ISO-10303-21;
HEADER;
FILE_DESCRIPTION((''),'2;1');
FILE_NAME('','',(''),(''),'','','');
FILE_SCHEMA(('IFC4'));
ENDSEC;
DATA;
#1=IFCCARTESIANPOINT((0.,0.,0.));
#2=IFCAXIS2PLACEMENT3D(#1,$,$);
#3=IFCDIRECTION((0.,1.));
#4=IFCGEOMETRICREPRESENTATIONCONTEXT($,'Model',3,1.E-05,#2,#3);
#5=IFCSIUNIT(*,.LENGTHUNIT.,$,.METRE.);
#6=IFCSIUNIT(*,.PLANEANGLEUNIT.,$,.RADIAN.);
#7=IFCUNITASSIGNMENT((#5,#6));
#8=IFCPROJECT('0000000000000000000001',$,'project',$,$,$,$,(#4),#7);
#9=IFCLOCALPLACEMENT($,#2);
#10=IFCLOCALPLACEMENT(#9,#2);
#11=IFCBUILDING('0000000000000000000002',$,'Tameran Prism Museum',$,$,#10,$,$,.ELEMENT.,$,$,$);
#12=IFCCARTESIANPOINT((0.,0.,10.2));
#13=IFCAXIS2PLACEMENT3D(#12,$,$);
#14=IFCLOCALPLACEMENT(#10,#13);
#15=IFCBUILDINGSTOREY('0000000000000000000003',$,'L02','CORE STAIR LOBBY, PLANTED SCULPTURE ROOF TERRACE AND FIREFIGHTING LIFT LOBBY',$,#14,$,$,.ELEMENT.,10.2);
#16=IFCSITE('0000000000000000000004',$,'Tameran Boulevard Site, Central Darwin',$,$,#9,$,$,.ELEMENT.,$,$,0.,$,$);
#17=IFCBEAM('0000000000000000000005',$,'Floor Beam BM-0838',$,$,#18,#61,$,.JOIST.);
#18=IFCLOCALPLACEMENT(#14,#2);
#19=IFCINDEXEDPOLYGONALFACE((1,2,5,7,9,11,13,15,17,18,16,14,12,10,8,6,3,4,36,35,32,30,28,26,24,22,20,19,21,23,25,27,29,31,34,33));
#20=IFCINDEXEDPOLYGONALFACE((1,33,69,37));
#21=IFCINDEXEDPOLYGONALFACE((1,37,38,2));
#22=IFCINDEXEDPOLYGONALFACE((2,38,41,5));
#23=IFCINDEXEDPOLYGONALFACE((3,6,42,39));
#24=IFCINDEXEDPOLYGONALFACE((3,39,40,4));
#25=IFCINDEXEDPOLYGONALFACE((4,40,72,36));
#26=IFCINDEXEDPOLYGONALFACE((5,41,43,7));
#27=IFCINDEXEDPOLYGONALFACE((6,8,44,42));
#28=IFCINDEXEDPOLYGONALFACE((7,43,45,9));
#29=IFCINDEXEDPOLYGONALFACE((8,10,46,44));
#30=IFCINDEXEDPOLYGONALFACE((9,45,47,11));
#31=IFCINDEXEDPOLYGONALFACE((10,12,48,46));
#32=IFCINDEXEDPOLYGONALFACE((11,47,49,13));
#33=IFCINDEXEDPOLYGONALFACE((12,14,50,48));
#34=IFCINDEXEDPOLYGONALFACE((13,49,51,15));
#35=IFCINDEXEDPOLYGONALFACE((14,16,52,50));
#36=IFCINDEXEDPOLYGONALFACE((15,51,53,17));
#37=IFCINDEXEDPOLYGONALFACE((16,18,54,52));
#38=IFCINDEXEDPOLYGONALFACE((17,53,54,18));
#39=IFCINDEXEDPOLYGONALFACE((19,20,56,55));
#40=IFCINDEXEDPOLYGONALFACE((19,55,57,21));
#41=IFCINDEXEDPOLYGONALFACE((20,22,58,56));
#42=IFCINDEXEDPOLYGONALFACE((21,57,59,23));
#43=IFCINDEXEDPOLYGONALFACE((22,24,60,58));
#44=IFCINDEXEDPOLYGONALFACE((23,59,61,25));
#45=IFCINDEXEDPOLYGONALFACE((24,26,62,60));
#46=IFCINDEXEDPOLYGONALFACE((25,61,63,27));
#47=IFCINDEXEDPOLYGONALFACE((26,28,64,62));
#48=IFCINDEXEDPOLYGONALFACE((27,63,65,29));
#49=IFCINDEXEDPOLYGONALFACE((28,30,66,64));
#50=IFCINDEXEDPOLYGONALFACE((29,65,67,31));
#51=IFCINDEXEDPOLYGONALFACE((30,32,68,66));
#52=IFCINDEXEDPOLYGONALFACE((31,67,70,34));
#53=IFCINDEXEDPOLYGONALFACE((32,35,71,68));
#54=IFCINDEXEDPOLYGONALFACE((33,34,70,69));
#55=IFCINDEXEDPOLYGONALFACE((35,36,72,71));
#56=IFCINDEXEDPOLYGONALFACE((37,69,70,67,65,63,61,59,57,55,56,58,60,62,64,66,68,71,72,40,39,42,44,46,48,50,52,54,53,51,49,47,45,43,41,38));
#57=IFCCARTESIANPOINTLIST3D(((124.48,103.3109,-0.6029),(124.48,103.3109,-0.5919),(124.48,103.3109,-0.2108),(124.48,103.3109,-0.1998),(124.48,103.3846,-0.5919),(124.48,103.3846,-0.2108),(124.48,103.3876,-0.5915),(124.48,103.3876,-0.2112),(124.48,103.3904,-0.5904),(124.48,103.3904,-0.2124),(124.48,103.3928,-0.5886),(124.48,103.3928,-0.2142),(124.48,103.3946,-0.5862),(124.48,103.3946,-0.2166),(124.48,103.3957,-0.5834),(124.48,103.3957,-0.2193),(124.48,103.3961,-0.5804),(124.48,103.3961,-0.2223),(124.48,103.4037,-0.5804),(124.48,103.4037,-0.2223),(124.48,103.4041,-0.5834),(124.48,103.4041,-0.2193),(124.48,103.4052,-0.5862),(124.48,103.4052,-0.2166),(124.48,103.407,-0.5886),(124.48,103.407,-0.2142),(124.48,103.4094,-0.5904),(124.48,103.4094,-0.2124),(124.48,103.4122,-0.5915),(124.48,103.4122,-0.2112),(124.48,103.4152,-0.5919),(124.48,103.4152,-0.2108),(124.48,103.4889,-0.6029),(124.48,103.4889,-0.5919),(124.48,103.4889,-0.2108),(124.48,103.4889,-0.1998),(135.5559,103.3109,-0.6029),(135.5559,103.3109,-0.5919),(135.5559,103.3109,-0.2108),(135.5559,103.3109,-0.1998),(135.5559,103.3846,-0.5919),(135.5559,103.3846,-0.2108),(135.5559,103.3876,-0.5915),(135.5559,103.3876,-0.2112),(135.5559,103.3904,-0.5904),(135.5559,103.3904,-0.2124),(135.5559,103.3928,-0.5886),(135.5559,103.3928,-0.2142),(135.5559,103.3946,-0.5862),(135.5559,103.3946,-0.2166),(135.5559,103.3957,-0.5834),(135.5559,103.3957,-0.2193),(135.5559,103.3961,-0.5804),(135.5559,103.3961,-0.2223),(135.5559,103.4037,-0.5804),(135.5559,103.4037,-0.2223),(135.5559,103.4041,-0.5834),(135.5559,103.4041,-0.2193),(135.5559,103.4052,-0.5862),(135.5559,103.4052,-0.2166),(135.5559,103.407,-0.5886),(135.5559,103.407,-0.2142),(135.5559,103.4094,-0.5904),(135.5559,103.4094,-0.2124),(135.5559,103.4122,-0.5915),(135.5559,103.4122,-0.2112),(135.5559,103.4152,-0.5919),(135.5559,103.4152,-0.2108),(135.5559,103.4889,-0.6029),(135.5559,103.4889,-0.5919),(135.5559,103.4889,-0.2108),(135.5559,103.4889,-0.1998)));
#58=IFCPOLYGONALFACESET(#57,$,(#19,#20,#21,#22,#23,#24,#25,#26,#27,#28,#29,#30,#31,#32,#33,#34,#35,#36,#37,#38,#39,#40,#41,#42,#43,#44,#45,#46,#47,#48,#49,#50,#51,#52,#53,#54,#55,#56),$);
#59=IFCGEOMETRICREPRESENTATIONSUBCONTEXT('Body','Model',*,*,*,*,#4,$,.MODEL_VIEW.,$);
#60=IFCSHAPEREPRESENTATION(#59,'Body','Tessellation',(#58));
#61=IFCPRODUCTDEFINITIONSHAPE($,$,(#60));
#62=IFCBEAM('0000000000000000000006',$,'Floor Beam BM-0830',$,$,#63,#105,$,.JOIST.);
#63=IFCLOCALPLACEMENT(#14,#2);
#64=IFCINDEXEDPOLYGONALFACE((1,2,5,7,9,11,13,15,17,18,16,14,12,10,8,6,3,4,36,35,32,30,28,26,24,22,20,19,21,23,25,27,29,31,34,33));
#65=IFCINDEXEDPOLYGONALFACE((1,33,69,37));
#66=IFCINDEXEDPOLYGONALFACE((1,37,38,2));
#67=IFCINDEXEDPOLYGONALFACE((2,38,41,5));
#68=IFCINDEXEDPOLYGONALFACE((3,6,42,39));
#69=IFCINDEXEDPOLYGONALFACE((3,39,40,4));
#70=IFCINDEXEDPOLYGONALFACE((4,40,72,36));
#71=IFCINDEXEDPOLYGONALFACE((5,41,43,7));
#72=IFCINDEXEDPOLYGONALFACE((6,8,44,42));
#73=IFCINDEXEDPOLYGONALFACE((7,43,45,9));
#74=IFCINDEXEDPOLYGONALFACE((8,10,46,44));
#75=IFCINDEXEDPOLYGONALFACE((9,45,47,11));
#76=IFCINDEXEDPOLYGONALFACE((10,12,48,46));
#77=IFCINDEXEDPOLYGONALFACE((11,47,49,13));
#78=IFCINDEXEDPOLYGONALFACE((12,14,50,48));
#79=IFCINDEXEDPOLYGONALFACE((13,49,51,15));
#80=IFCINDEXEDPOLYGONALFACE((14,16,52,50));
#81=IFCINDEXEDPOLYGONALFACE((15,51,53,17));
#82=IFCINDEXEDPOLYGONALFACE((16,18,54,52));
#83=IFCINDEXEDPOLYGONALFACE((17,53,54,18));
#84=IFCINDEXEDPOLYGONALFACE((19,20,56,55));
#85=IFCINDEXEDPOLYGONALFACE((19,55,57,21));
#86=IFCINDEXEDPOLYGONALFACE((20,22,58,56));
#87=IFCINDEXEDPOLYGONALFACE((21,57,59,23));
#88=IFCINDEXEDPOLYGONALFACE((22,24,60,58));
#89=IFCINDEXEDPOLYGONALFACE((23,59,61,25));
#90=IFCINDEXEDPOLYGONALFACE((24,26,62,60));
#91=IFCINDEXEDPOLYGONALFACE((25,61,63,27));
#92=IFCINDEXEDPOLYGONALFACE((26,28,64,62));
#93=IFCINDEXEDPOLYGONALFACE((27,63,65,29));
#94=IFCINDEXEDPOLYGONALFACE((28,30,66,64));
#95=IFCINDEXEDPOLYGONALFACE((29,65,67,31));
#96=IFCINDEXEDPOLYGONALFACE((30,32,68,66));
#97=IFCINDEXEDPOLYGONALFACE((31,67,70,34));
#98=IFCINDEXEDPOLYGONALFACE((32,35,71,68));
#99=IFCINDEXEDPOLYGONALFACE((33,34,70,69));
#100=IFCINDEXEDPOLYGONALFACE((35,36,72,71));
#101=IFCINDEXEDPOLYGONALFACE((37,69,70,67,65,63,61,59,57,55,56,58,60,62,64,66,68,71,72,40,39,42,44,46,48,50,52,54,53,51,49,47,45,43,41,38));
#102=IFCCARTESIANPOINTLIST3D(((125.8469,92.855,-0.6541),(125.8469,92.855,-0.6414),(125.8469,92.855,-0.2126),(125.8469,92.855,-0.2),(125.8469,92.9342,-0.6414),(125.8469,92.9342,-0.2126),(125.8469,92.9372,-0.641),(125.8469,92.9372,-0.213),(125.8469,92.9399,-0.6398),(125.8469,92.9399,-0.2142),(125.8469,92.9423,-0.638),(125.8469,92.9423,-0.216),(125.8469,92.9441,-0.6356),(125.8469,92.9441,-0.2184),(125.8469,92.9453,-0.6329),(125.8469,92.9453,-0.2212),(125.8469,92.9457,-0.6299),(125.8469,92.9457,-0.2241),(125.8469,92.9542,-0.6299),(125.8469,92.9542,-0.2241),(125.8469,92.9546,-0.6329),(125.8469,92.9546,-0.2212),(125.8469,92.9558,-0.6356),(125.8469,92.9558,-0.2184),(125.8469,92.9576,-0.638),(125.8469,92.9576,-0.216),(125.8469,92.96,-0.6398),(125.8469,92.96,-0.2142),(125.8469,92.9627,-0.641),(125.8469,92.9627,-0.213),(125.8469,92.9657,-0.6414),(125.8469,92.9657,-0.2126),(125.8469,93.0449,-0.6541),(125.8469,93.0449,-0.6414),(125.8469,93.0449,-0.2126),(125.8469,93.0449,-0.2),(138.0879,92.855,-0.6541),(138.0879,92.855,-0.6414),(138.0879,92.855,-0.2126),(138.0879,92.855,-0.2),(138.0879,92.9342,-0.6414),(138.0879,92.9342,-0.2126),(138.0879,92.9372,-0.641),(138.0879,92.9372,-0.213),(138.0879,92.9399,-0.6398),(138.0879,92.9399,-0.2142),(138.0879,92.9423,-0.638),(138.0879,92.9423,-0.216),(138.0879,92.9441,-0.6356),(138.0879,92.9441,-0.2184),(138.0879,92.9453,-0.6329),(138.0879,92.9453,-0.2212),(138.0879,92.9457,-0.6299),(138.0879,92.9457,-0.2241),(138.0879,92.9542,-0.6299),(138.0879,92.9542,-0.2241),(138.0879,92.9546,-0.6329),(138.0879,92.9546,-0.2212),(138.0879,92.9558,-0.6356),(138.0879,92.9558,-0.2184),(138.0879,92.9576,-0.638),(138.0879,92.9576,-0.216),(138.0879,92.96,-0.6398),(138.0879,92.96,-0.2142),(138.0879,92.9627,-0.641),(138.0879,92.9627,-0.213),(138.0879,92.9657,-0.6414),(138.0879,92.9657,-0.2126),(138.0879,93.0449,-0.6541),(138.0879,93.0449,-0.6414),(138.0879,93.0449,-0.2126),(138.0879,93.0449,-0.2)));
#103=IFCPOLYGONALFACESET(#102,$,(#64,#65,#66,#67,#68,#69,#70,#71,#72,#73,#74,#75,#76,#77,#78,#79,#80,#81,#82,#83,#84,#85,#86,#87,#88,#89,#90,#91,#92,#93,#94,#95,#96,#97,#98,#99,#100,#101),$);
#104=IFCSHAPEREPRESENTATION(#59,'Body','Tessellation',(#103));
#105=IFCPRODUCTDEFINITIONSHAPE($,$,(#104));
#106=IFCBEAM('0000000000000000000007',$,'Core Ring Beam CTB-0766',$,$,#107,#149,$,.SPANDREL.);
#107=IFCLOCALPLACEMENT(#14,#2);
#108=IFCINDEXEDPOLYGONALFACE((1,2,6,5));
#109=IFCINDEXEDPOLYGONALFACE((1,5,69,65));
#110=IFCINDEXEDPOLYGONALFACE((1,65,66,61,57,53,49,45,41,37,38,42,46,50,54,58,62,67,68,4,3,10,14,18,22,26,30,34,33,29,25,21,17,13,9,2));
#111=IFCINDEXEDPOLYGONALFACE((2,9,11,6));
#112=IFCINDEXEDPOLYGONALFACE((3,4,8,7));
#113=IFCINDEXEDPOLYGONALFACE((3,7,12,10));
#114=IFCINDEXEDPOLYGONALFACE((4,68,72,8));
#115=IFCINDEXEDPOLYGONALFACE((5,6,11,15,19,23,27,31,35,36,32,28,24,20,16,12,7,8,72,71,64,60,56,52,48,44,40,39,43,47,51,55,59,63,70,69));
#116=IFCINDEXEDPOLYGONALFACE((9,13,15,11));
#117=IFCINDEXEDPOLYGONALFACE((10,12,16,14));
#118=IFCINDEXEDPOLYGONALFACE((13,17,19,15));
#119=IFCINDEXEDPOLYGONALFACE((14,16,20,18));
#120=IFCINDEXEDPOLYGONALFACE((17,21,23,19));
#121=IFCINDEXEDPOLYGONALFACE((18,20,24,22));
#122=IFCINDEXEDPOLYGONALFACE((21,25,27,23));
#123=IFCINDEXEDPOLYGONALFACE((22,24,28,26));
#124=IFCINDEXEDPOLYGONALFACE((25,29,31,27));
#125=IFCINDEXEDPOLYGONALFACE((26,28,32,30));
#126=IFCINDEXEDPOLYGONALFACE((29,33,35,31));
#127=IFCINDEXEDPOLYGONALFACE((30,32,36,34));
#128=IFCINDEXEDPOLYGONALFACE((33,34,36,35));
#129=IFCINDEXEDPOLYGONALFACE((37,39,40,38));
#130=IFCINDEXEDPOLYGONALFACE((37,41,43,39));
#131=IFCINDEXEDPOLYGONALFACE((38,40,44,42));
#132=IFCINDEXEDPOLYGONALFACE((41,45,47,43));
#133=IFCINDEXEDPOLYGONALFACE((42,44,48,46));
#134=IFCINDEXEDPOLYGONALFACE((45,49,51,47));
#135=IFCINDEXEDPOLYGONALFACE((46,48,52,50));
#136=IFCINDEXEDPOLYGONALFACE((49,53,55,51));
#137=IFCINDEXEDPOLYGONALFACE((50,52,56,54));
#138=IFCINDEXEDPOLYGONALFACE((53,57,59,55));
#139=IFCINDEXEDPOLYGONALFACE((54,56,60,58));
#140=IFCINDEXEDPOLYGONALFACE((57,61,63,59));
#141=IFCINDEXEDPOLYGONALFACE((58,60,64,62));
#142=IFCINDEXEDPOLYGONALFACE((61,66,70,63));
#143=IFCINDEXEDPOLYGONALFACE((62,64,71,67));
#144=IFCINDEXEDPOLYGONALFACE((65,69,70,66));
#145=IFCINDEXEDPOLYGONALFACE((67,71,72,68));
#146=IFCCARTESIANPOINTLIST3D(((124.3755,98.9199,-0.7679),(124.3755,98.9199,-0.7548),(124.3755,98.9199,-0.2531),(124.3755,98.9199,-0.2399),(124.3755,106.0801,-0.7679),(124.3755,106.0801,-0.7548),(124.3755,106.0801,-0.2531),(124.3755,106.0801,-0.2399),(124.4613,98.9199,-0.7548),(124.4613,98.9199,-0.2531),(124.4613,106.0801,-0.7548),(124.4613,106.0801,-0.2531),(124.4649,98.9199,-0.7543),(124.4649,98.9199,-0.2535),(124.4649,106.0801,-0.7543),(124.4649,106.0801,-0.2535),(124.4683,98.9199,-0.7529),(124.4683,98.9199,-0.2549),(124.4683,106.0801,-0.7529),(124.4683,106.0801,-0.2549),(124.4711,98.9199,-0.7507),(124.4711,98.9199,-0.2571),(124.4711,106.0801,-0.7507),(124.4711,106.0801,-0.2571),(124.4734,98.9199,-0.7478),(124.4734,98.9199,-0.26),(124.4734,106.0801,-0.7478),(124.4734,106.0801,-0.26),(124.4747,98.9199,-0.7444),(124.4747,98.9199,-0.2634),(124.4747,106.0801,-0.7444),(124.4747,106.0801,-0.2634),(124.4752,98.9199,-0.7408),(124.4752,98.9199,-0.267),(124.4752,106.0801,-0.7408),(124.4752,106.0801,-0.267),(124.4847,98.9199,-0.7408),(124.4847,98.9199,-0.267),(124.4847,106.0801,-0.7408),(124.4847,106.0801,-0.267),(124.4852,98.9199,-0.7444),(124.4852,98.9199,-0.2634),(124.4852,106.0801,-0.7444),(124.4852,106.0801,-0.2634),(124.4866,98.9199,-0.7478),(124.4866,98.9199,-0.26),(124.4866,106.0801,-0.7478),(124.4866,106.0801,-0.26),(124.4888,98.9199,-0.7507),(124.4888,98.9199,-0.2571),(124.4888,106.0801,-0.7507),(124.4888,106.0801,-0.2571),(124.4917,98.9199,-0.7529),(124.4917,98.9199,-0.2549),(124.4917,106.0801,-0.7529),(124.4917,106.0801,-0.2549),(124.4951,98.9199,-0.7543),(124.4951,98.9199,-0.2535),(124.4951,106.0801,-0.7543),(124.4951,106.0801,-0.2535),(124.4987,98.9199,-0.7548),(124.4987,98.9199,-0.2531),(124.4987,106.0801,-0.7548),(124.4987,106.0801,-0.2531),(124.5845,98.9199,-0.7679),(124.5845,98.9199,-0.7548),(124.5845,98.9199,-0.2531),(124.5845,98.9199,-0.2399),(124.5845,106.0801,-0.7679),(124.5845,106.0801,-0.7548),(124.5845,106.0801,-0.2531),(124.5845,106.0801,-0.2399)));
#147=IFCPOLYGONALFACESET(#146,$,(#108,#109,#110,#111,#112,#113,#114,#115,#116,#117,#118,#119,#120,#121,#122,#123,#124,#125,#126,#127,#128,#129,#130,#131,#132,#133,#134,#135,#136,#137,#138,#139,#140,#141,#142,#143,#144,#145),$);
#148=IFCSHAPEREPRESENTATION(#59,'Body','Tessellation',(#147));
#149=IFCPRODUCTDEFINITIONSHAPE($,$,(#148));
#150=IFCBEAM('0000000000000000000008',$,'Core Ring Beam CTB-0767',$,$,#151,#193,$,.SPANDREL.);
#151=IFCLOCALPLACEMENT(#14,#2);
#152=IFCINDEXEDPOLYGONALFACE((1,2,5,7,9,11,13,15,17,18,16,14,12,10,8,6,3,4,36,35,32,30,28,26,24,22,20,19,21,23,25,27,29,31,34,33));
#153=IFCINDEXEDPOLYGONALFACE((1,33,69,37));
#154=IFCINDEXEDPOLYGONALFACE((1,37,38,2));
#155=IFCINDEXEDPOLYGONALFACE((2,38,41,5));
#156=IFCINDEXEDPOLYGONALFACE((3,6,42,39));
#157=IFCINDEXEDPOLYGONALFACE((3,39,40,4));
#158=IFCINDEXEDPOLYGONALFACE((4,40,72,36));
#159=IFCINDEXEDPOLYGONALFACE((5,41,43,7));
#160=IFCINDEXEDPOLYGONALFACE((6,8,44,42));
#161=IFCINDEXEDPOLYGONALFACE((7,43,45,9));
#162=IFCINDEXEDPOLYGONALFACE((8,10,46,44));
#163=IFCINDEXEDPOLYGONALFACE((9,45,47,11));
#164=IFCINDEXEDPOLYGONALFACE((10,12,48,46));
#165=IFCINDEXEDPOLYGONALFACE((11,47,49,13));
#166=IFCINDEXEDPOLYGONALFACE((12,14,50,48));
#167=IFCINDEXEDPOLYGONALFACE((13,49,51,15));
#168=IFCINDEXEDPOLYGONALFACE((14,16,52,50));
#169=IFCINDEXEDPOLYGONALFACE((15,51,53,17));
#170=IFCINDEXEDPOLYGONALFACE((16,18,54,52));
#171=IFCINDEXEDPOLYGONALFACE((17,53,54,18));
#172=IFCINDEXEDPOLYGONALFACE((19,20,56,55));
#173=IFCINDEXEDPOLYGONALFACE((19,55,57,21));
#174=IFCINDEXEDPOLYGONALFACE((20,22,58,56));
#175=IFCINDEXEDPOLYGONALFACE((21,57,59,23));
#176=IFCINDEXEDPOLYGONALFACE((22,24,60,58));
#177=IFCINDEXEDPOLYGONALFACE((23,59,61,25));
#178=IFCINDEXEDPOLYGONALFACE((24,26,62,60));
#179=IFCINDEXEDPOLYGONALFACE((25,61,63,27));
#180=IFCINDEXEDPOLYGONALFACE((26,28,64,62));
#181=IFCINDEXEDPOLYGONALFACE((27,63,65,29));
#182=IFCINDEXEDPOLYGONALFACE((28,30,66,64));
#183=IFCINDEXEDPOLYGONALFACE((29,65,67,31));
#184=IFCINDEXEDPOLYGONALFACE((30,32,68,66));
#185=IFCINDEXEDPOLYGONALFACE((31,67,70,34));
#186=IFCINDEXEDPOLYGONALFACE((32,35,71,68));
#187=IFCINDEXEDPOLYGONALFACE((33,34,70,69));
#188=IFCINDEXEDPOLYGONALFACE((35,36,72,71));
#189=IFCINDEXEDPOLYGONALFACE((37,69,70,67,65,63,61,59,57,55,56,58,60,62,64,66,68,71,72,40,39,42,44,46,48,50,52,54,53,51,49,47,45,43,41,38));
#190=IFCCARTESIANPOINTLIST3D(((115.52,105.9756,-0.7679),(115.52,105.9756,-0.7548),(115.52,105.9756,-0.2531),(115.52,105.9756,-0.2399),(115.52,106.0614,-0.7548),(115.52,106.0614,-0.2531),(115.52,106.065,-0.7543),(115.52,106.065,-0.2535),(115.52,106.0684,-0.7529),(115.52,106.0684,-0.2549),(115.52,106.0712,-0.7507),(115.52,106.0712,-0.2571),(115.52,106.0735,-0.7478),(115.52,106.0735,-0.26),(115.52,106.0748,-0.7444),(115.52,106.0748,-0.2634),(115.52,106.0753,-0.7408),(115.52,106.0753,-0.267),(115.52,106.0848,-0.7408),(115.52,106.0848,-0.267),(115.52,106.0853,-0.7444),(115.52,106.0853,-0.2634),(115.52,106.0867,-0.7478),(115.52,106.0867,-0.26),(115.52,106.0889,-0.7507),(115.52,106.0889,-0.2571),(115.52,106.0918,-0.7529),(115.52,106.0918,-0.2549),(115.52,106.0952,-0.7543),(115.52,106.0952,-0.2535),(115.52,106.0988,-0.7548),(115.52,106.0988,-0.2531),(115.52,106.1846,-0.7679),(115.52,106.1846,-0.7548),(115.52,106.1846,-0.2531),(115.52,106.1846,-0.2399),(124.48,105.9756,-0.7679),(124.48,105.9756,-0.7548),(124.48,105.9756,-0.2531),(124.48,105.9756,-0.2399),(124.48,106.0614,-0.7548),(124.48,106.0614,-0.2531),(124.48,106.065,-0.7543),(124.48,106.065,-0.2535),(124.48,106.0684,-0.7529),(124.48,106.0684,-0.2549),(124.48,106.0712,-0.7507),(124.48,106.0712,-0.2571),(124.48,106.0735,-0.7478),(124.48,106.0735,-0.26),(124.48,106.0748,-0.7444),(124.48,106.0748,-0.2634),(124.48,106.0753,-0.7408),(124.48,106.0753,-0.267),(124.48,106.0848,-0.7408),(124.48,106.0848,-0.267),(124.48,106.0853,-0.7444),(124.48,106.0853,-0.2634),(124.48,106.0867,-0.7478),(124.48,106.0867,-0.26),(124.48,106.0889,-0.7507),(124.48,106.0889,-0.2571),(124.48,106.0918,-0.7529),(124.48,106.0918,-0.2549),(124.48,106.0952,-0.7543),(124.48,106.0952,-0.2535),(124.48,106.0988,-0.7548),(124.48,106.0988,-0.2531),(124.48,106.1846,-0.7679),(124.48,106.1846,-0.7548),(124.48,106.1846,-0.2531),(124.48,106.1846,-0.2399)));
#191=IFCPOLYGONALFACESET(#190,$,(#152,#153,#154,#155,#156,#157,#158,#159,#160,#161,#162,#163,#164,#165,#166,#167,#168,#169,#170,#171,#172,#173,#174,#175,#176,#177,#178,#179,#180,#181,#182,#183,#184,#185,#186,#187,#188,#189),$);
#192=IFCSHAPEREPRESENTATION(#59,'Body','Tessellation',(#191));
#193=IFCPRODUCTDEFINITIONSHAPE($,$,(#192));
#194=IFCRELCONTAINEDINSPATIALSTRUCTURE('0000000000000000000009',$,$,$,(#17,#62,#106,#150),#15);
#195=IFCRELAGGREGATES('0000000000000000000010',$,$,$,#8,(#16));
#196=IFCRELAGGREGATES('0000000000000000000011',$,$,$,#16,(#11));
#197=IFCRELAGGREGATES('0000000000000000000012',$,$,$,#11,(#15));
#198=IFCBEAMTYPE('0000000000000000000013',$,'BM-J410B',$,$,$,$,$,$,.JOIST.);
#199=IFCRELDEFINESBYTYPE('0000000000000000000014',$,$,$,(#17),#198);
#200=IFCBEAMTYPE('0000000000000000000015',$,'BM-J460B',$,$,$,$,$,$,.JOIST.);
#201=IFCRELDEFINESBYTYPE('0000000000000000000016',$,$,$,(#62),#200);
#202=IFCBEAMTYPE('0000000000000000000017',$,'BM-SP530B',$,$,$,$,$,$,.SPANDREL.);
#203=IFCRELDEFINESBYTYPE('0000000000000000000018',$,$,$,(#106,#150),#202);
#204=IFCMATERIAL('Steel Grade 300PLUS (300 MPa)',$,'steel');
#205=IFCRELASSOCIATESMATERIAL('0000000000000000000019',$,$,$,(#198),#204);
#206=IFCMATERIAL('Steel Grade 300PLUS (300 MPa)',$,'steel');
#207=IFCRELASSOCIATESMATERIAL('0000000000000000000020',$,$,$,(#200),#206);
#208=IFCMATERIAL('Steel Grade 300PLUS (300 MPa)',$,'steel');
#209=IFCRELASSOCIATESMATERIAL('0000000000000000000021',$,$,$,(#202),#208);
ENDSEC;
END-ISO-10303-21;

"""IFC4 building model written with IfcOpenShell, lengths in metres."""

from ifc_helpers import new_model, si_unit, direction, frame, origin, origin_2d, place, context, subcontext, project, spatial, i_section, extrude, material, material_profile, profile_set, type_object, element, save


model = new_model("IFC4")

# Units and contexts
model_context = context("Model", 3, precision=1e-05, world=origin(), true_north=direction((0.0, 1.0)))
body_context = subcontext(model_context, "Body", "Model", "MODEL_VIEW")
ifc_project = project(units=[si_unit("LENGTHUNIT", "METRE"), si_unit("PLANEANGLEUNIT", "RADIAN")], contexts=[model_context])

# Site, building, storey
site_placement = place(None, origin())
site = spatial("IfcSite", under=ifc_project, at=site_placement, Name="Tameran Boulevard Site, Central Darwin", CompositionType="ELEMENT", RefElevation=0.0)
building_placement = place(site_placement, origin())
building = spatial("IfcBuilding", under=site, at=building_placement, Name="Tameran Prism Museum", CompositionType="ELEMENT")
storey_placement = place(building_placement, frame((0.0, 0.0, 10.2)))
storey = spatial("IfcBuildingStorey", under=building, at=storey_placement, Name="L02", Description="CORE STAIR LOBBY, PLANTED SCULPTURE ROOF TERRACE AND FIREFIGHTING LIFT LOBBY", CompositionType="ELEMENT", Elevation=10.2)

# Beams
ifc_material_1 = material(Name="Steel Grade 300PLUS (300 MPa)", Category="steel")
ifc_material_profile_1 = material_profile(ifc_material_1, i_section(OverallWidth=0.178, OverallDepth=0.4031, WebThickness=0.0076, FlangeThickness=0.011, FilletRadius=0.0115, at=origin_2d()))
ifc_profile_set_1 = profile_set([ifc_material_profile_1])
beam_type_1 = type_object("IfcBeamType", Name="BM-J410B", PredefinedType="JOIST", material=ifc_profile_set_1)
beam_1_placement = place(storey_placement, frame((124.48, 103.3999, -0.4014), z_axis=(1.0, 0.0, 0.0), x_axis=(0.0, 1.0, 0.0)))
element("IfcBeam", 1, at=beam_1_placement, inside=storey, type_object=beam_type_1, Name="Floor Beam BM-0838", PredefinedType="JOIST", context=body_context, shape_type="SweptSolid", body=[
    extrude(i_section(OverallWidth=0.178, OverallDepth=0.4031, WebThickness=0.0076, FlangeThickness=0.011, FilletRadius=0.0115, at=origin_2d()), origin(), (0.0, 0.0, 1.0), 11.0759),
])
ifc_material_2 = material(Name="Steel Grade 300PLUS (300 MPa)", Category="steel")
ifc_material_profile_2 = material_profile(ifc_material_2, i_section(OverallWidth=0.1899, OverallDepth=0.4541, WebThickness=0.0085, FlangeThickness=0.0127, FilletRadius=0.0115, at=origin_2d()))
ifc_profile_set_2 = profile_set([ifc_material_profile_2])
beam_type_2 = type_object("IfcBeamType", Name="BM-J460B", PredefinedType="JOIST", material=ifc_profile_set_2)
beam_2_placement = place(storey_placement, frame((125.8469, 92.95, -0.427), z_axis=(1.0, 0.0, 0.0), x_axis=(0.0, 1.0, 0.0)))
element("IfcBeam", 2, at=beam_2_placement, inside=storey, type_object=beam_type_2, Name="Floor Beam BM-0830", PredefinedType="JOIST", context=body_context, shape_type="SweptSolid", body=[
    extrude(i_section(OverallWidth=0.1899, OverallDepth=0.4541, WebThickness=0.0085, FlangeThickness=0.0127, FilletRadius=0.0115, at=origin_2d()), origin(), (0.0, 0.0, 1.0), 12.241),
])
ifc_material_3 = material(Name="Steel Grade 300PLUS (300 MPa)", Category="steel")
ifc_material_profile_3 = material_profile(ifc_material_3, i_section(OverallWidth=0.209, OverallDepth=0.5281, WebThickness=0.0095, FlangeThickness=0.0132, FilletRadius=0.0139, at=origin_2d()))
ifc_profile_set_3 = profile_set([ifc_material_profile_3])
beam_type_3 = type_object("IfcBeamType", Name="BM-SP530B", PredefinedType="SPANDREL", material=ifc_profile_set_3)
beam_3_placement = place(storey_placement, frame((124.48, 98.9199, -0.5039), z_axis=(0.0, 1.0, 0.0), x_axis=(-1.0, 0.0, 0.0)))
element("IfcBeam", 3, at=beam_3_placement, inside=storey, type_object=beam_type_3, Name="Core Ring Beam CTB-0766", PredefinedType="SPANDREL", context=body_context, shape_type="SweptSolid", body=[
    extrude(i_section(OverallWidth=0.209, OverallDepth=0.5281, WebThickness=0.0095, FlangeThickness=0.0132, FilletRadius=0.0139, at=origin_2d()), origin(), (0.0, 0.0, 1.0), 7.1602),
])
beam_4_placement = place(storey_placement, frame((124.48, 106.0801, -0.5039), z_axis=(-1.0, 0.0, 0.0), x_axis=(0.0, -1.0, 0.0)))
element("IfcBeam", 4, at=beam_4_placement, inside=storey, type_object=beam_type_3, Name="Core Ring Beam CTB-0767", PredefinedType="SPANDREL", context=body_context, shape_type="SweptSolid", body=[
    extrude(i_section(OverallWidth=0.209, OverallDepth=0.5281, WebThickness=0.0095, FlangeThickness=0.0132, FilletRadius=0.0139, at=origin_2d()), origin(), (0.0, 0.0, 1.0), 8.96),
])

save(model, "model.ifc")
